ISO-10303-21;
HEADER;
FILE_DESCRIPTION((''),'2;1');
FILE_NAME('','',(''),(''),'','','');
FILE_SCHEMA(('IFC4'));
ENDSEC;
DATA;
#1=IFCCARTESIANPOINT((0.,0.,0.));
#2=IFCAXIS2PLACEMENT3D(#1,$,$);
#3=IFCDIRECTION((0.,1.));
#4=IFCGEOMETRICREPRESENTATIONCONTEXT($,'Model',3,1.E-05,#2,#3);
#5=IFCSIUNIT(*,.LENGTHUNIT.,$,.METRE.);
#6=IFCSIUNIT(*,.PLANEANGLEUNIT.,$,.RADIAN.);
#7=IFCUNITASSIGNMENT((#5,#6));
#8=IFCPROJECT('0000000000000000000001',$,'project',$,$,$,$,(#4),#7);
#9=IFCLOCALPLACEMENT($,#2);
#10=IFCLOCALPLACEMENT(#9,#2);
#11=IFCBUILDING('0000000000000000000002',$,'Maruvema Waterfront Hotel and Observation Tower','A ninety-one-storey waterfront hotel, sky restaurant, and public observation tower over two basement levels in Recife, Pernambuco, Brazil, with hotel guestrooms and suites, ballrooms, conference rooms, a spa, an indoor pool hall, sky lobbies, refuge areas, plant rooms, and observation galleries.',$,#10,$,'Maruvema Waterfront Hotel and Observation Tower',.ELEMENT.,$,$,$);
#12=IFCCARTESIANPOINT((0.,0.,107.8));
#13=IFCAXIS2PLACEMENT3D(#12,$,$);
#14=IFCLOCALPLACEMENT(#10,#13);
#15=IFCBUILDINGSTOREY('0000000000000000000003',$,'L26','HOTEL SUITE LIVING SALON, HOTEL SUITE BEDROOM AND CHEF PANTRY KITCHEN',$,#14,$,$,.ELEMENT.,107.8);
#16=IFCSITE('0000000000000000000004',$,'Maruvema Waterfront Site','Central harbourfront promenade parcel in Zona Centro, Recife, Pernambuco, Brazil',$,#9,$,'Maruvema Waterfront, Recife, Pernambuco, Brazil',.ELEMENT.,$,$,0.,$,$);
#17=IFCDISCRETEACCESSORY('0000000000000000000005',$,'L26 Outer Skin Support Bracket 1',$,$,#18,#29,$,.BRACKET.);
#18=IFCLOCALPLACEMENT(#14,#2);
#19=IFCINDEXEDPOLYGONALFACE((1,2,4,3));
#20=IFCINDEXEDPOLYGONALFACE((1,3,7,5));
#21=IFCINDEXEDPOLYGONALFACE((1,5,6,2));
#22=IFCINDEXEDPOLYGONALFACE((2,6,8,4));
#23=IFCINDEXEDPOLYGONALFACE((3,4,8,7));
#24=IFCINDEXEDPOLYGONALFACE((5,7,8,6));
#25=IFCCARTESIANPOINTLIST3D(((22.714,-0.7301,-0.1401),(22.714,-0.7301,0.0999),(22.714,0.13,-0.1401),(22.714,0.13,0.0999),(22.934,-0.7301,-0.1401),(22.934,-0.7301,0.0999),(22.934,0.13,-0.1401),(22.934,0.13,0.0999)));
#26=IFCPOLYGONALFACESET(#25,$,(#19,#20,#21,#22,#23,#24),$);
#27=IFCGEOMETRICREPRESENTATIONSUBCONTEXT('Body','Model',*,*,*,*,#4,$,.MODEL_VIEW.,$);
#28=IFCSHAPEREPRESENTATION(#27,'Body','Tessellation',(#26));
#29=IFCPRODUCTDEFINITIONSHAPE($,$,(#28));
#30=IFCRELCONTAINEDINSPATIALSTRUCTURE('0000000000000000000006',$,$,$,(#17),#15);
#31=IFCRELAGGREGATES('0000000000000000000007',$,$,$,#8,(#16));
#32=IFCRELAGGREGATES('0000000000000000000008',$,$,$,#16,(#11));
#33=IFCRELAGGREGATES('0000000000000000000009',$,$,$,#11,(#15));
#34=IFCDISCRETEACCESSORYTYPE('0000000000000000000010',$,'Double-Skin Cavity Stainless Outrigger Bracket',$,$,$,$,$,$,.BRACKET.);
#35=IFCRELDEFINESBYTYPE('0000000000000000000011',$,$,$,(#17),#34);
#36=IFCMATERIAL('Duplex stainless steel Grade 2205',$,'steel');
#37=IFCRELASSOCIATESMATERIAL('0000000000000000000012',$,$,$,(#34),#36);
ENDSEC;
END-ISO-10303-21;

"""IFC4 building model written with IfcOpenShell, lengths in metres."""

from ifc_helpers import new_model, si_unit, direction, frame, origin, origin_2d, place, context, subcontext, project, spatial, rectangle, extrude, material, type_object, element, save


model = new_model("IFC4")

# Units and contexts
model_context = context("Model", 3, precision=1e-05, world=origin(), true_north=direction((0.0, 1.0)))
body_context = subcontext(model_context, "Body", "Model", "MODEL_VIEW")
ifc_project = project(units=[si_unit("LENGTHUNIT", "METRE"), si_unit("PLANEANGLEUNIT", "RADIAN")], contexts=[model_context])

# Site, building, storey
site_placement = place(None, origin())
site = spatial("IfcSite", under=ifc_project, at=site_placement, Name="Maruvema Waterfront Site", Description="Central harbourfront promenade parcel in Zona Centro, Recife, Pernambuco, Brazil", LongName="Maruvema Waterfront, Recife, Pernambuco, Brazil", CompositionType="ELEMENT", RefElevation=0.0)
building_placement = place(site_placement, origin())
building = spatial("IfcBuilding", under=site, at=building_placement, Name="Maruvema Waterfront Hotel and Observation Tower", Description="A ninety-one-storey waterfront hotel, sky restaurant, and public observation tower over two basement levels in Recife, Pernambuco, Brazil, with hotel guestrooms and suites, ballrooms, conference rooms, a spa, an indoor pool hall, sky lobbies, refuge areas, plant rooms, and observation galleries.", LongName="Maruvema Waterfront Hotel and Observation Tower", CompositionType="ELEMENT")
storey_placement = place(building_placement, frame((0.0, 0.0, 107.8)))
storey = spatial("IfcBuildingStorey", under=building, at=storey_placement, Name="L26", Description="HOTEL SUITE LIVING SALON, HOTEL SUITE BEDROOM AND CHEF PANTRY KITCHEN", CompositionType="ELEMENT", Elevation=107.8)

# Discrete accessory
ifc_material_1 = material(Name="Duplex stainless steel Grade 2205", Category="steel")
discrete_accessory_type = type_object("IfcDiscreteAccessoryType", Name="Double-Skin Cavity Stainless Outrigger Bracket", PredefinedType="BRACKET", material=ifc_material_1)
discrete_accessory_placement = place(storey_placement, frame((22.824, -0.3, -0.1401), z_axis=(0.0, 0.0, 1.0), x_axis=(1.0, 0.0, 0.0)))
element("IfcDiscreteAccessory", 1, at=discrete_accessory_placement, inside=storey, type_object=discrete_accessory_type, Name="L26 Outer Skin Support Bracket 1", PredefinedType="BRACKET", context=body_context, shape_type="SweptSolid", body=[
    extrude(rectangle(XDim=0.22, YDim=0.8601, at=origin_2d()), origin(), (0.0, 0.0, 1.0), 0.24),
])

save(model, "model.ifc")
